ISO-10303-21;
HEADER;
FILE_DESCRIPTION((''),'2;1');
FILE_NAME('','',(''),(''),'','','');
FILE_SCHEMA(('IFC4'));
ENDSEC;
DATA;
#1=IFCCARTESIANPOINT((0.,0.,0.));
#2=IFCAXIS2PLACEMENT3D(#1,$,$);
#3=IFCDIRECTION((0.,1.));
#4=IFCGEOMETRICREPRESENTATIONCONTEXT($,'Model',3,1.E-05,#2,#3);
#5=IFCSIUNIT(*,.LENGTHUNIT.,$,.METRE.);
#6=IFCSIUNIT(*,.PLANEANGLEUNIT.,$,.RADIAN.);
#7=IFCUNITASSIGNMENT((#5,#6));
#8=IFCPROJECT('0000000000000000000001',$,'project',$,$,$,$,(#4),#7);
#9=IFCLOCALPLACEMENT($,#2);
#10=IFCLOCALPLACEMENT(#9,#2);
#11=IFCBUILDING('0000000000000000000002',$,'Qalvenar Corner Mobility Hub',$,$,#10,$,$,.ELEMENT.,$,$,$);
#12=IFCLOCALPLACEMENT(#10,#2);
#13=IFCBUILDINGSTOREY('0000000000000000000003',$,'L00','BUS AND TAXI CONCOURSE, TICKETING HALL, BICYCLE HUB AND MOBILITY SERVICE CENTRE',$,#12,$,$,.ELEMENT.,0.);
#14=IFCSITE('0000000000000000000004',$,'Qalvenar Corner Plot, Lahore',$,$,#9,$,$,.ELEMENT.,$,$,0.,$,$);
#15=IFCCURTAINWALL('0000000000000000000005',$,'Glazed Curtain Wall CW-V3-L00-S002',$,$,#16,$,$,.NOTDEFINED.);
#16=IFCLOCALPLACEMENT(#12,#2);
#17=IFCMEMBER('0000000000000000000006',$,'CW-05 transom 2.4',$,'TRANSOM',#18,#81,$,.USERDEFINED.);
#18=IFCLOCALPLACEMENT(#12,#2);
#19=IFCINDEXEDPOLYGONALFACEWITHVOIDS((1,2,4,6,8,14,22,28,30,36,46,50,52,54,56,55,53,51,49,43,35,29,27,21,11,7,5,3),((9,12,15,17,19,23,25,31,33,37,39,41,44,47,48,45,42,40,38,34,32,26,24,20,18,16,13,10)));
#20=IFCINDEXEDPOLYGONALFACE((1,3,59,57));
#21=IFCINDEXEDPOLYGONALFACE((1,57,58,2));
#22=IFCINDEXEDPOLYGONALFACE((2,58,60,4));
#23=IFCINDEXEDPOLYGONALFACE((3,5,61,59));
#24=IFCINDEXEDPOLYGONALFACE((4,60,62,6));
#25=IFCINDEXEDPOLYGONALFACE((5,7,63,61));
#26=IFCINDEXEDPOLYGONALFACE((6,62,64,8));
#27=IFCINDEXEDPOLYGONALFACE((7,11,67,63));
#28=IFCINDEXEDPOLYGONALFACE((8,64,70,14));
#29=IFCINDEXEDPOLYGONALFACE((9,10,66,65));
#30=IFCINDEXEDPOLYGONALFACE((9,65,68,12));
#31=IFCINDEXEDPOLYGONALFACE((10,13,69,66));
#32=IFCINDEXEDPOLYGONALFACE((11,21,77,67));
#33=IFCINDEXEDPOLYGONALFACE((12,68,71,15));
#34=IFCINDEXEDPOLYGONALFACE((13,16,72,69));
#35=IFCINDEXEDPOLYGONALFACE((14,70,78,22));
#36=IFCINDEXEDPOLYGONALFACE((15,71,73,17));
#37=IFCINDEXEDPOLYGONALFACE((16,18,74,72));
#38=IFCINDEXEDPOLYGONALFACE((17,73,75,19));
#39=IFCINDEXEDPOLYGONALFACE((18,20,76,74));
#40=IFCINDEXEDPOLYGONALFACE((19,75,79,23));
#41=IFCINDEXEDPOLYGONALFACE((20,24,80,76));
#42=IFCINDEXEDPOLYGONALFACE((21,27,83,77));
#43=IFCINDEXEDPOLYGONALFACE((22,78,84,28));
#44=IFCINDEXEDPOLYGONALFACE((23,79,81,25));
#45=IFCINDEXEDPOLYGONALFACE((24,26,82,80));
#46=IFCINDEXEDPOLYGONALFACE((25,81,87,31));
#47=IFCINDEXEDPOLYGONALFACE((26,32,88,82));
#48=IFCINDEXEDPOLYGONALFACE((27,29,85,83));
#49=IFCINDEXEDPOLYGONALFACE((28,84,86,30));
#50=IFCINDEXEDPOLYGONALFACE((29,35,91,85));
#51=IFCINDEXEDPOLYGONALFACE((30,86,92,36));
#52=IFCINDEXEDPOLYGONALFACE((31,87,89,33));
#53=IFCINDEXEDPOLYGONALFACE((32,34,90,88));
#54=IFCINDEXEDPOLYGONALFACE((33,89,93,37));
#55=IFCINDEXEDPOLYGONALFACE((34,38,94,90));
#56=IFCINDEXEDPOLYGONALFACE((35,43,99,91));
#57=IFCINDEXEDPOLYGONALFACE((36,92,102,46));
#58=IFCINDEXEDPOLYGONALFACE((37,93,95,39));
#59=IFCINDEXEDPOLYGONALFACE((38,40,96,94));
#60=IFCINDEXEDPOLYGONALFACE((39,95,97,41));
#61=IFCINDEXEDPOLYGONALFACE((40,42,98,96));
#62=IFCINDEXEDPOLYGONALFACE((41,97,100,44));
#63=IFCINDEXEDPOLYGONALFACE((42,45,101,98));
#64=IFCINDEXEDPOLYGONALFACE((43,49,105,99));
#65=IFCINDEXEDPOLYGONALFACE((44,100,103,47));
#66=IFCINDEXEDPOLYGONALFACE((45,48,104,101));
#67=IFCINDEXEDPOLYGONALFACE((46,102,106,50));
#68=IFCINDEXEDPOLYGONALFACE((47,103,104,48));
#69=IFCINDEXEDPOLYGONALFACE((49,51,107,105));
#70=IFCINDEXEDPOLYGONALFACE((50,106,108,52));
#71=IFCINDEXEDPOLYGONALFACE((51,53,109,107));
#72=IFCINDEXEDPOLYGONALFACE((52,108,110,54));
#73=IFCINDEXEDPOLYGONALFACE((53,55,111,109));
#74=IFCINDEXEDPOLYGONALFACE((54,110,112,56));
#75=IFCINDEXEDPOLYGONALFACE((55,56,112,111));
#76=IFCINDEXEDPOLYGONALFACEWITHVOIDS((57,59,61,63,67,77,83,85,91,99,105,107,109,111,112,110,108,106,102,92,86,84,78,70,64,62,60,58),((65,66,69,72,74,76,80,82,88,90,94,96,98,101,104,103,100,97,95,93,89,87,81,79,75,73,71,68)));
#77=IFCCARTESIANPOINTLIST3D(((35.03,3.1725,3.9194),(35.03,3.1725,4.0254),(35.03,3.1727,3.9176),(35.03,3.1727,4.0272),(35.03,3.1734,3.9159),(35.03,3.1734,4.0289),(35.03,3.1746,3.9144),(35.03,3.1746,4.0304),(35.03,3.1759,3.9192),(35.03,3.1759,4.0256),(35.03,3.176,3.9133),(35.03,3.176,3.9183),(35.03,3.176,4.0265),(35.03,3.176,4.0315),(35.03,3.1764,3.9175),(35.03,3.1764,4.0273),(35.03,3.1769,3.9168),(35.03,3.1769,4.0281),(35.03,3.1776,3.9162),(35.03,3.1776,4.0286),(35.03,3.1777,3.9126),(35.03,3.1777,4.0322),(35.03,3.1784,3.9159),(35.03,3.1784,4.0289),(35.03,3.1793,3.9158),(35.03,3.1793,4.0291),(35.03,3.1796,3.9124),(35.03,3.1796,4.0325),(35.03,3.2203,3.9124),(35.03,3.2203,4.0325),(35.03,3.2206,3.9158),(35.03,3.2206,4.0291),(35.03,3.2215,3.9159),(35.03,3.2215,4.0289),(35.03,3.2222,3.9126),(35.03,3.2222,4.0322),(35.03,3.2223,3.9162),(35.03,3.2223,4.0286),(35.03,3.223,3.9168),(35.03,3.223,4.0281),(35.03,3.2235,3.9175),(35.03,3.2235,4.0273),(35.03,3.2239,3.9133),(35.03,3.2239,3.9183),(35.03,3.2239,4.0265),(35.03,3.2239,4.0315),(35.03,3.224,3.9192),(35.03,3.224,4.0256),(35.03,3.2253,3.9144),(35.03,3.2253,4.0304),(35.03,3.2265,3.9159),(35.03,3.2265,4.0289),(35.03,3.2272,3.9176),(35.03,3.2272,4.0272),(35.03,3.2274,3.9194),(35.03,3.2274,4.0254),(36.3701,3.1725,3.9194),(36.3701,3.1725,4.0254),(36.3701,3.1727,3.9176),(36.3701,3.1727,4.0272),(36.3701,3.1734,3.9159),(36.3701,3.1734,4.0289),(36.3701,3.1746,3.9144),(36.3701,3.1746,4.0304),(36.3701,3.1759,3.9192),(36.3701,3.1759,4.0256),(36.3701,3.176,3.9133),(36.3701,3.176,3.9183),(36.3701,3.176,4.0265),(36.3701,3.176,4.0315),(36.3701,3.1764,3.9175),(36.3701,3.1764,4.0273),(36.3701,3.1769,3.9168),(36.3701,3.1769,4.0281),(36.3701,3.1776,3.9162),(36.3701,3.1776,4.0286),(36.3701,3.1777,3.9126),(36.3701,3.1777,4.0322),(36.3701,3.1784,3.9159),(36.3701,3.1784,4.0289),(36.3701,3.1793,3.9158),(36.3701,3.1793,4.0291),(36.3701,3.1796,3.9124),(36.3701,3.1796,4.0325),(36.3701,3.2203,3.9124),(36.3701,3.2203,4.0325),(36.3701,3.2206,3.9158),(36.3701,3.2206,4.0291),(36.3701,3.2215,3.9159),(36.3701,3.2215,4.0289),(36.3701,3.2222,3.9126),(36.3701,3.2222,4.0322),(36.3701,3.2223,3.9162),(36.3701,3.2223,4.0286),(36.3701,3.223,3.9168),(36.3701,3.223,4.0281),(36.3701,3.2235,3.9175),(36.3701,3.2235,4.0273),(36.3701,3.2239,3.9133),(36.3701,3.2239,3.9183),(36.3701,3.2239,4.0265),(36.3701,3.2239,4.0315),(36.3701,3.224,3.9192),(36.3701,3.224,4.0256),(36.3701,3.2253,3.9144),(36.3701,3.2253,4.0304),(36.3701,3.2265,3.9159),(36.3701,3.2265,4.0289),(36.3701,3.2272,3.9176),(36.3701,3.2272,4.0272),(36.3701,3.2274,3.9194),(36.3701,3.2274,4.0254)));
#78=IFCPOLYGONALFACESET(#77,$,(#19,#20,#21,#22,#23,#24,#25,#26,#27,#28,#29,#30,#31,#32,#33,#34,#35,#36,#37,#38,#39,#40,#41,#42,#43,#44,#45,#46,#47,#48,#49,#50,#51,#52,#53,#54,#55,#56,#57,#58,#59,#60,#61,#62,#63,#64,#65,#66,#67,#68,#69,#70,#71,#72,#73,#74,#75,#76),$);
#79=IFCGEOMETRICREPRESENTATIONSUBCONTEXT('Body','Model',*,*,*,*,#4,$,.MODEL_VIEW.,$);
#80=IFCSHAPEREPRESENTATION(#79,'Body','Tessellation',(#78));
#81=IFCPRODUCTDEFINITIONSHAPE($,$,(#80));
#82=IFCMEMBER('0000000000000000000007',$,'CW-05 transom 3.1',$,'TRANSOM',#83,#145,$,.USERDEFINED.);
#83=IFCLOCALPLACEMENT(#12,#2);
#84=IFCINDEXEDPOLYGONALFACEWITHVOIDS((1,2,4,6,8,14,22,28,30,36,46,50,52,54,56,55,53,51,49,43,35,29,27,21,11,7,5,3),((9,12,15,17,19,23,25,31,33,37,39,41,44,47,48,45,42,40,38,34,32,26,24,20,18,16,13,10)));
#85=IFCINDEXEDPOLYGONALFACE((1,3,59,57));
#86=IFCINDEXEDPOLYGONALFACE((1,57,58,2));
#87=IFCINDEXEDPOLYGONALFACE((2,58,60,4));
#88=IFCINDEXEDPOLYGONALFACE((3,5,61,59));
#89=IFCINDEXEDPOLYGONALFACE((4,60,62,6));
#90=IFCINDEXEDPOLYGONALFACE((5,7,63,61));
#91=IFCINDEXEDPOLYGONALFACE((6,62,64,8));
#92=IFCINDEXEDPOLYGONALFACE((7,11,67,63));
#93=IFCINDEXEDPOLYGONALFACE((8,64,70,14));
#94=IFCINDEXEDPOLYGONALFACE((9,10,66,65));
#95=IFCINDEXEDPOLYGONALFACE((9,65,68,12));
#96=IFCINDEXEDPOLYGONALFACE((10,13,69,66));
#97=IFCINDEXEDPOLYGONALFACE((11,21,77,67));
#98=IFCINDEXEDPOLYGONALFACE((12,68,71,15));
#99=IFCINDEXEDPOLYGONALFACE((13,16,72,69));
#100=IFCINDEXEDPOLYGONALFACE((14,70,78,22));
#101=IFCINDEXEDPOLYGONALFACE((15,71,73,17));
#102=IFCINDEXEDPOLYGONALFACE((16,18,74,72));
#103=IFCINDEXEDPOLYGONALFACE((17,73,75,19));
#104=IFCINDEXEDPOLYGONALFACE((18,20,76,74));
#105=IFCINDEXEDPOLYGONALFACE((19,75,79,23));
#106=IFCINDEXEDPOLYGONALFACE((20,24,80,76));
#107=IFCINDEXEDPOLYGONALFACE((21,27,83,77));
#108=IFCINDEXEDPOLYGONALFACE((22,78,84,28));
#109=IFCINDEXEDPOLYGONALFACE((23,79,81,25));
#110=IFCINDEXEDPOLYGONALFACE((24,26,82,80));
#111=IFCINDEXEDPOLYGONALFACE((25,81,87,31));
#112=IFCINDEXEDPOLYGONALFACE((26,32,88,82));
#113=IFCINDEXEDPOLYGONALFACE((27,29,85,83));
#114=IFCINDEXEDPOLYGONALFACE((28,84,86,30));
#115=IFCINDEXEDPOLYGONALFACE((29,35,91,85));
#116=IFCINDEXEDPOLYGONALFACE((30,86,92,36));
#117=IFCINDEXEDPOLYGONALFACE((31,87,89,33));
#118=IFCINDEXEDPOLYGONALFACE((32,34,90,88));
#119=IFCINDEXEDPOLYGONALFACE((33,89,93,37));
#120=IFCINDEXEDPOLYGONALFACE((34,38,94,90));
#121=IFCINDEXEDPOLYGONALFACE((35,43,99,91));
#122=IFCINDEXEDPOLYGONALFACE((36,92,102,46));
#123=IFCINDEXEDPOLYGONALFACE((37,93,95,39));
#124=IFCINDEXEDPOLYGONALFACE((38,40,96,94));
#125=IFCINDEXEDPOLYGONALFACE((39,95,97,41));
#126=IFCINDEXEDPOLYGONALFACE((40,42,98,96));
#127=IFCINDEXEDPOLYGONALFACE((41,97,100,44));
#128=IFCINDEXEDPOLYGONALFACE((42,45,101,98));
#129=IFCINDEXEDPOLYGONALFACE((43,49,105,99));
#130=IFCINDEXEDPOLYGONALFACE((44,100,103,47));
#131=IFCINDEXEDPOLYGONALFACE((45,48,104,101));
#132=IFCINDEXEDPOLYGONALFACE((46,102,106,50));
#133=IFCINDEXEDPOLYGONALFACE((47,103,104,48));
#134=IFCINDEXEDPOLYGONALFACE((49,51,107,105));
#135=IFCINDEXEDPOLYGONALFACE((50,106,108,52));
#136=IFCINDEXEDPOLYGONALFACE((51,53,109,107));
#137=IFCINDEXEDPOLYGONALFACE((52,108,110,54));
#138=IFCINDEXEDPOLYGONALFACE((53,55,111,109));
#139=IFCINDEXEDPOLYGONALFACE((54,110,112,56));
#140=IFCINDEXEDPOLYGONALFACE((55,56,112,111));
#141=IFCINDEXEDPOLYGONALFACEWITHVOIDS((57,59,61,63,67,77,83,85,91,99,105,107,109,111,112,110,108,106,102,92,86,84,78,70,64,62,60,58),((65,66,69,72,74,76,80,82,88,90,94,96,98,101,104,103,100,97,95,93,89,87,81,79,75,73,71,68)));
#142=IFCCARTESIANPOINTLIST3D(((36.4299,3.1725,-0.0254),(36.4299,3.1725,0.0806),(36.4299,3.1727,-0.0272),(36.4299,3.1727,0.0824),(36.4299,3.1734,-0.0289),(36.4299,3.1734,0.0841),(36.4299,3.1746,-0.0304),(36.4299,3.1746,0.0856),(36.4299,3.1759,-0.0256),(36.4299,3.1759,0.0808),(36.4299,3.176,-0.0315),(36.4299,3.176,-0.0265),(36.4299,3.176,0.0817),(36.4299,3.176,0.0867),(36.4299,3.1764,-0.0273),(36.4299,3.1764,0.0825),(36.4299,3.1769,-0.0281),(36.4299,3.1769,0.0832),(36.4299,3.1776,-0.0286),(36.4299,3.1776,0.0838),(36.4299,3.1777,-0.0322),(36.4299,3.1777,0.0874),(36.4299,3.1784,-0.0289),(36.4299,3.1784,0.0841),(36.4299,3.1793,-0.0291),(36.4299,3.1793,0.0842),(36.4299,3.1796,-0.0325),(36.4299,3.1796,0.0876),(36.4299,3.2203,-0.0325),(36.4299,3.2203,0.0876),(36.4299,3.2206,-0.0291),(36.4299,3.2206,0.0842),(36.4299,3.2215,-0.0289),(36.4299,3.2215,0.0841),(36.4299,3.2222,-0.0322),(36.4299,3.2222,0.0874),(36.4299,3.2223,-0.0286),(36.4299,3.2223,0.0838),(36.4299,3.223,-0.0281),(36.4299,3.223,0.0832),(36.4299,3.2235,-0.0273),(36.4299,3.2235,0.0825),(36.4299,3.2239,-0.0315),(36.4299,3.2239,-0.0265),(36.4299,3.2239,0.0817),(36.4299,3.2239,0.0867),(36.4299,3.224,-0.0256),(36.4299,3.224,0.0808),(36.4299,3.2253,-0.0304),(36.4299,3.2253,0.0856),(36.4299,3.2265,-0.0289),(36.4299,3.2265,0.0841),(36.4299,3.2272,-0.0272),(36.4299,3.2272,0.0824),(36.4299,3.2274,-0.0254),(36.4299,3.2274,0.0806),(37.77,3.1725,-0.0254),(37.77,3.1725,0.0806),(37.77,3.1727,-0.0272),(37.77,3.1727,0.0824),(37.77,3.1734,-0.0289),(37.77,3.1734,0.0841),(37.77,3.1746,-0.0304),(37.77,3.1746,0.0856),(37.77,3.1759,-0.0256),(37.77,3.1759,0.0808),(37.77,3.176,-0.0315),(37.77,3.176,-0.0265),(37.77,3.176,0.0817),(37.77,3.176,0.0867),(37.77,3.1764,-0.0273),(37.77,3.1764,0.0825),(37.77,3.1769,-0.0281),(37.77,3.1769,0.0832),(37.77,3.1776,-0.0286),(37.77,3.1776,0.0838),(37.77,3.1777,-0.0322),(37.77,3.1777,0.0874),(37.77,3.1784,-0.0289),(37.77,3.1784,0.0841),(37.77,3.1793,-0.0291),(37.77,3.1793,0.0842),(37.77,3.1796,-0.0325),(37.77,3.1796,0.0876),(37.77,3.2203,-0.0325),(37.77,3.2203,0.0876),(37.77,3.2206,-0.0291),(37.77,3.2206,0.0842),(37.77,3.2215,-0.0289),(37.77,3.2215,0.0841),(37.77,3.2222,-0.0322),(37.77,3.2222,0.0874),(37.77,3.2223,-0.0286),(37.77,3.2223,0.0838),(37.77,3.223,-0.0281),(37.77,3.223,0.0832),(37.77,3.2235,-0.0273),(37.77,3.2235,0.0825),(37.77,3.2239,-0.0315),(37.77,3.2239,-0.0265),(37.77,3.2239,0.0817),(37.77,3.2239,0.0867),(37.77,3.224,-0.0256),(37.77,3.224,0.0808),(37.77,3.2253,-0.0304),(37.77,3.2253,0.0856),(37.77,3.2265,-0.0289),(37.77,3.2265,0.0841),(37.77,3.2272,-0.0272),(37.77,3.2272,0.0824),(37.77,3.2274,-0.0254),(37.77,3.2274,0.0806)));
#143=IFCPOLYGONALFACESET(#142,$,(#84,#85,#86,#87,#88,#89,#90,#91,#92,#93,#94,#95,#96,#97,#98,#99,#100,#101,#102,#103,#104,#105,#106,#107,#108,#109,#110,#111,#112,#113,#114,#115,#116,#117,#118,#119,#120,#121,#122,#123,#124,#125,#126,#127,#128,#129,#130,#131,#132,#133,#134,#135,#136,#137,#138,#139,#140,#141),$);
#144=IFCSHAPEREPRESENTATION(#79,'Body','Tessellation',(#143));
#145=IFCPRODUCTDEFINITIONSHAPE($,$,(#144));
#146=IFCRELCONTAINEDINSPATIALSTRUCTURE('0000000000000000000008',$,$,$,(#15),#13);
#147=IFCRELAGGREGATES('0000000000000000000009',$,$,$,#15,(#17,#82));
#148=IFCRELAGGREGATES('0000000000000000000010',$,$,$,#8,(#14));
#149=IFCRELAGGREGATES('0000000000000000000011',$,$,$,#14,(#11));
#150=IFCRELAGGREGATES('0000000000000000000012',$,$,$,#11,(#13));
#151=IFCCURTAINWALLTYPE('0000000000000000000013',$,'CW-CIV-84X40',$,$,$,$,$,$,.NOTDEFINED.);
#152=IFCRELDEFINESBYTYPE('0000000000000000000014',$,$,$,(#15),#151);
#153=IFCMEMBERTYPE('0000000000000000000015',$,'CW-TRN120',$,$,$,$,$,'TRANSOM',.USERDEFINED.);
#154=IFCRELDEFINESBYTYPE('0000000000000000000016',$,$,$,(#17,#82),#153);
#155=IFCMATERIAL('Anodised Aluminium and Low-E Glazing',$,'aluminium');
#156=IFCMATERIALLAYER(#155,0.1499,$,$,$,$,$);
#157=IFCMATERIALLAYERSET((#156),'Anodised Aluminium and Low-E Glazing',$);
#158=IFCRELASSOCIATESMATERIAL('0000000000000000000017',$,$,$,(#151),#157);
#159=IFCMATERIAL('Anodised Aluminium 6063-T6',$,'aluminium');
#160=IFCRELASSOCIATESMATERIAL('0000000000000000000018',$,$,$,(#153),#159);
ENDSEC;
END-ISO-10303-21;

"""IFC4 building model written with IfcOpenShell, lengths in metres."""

from ifc_helpers import new_model, si_unit, direction, frame, origin, origin_2d, place, context, subcontext, project, spatial, hollow_rectangle, extrude, material, layer, layer_set, material_profile, profile_set, type_object, element, aggregate, save


model = new_model("IFC4")

# Units and contexts
model_context = context("Model", 3, precision=1e-05, world=origin(), true_north=direction((0.0, 1.0)))
body_context = subcontext(model_context, "Body", "Model", "MODEL_VIEW")
ifc_project = project(units=[si_unit("LENGTHUNIT", "METRE"), si_unit("PLANEANGLEUNIT", "RADIAN")], contexts=[model_context])

# Site, building, storey
site_placement = place(None, origin())
site = spatial("IfcSite", under=ifc_project, at=site_placement, Name="Qalvenar Corner Plot, Lahore", CompositionType="ELEMENT", RefElevation=0.0)
building_placement = place(site_placement, origin())
building = spatial("IfcBuilding", under=site, at=building_placement, Name="Qalvenar Corner Mobility Hub", CompositionType="ELEMENT")
storey_placement = place(building_placement, origin())
storey = spatial("IfcBuildingStorey", under=building, at=storey_placement, Name="L00", Description="BUS AND TAXI CONCOURSE, TICKETING HALL, BICYCLE HUB AND MOBILITY SERVICE CENTRE", CompositionType="ELEMENT", Elevation=0.0)

# Curtain wall, members
ifc_material_1 = material(Name="Anodised Aluminium and Low-E Glazing", Category="aluminium")
ifc_layer_1 = layer(ifc_material_1, 0.1499)
ifc_layer_set_1 = layer_set([ifc_layer_1], Name="Anodised Aluminium and Low-E Glazing")
curtain_wall_type = type_object("IfcCurtainWallType", Name="CW-CIV-84X40", PredefinedType="NOTDEFINED", material=ifc_layer_set_1)
curtain_wall_placement = place(storey_placement, origin())
curtain_wall = element("IfcCurtainWall", 1, at=curtain_wall_placement, inside=storey, type_object=curtain_wall_type, Name="Glazed Curtain Wall CW-V3-L00-S002", PredefinedType="NOTDEFINED")
ifc_material_2 = material(Name="Anodised Aluminium 6063-T6", Category="aluminium")
ifc_material_profile_1 = material_profile(ifc_material_2, hollow_rectangle(XDim=0.0549, YDim=0.1201, WallThickness=0.0034, InnerFilletRadius=0.0034, OuterFilletRadius=0.0071, at=origin_2d()), Name="RHS120x55x3.5")
ifc_profile_set_1 = profile_set([ifc_material_profile_1], Name="Anodised Aluminium 6063-T6")
member_type_1 = type_object("IfcMemberType", Name="CW-TRN120", ElementType="TRANSOM", PredefinedType="USERDEFINED", material=ifc_profile_set_1)
member_1_placement = place(storey_placement, frame((35.03, 3.2, 3.9724), z_axis=(1.0, 0.0, 0.0), x_axis=(0.0, 1.0, 0.0)))
member_1 = element("IfcMember", 2, at=member_1_placement, type_object=member_type_1, Name="CW-05 transom 2.4", ObjectType="TRANSOM", PredefinedType="USERDEFINED", context=body_context, shape_type="SweptSolid", body=[
    extrude(hollow_rectangle(XDim=0.0549, YDim=0.1201, WallThickness=0.0034, InnerFilletRadius=0.0034, OuterFilletRadius=0.0071, at=origin_2d()), origin(), (0.0, 0.0, 1.0), 1.3401),
])
member_2_placement = place(storey_placement, frame((36.4299, 3.2, 0.0276), z_axis=(1.0, 0.0, 0.0), x_axis=(0.0, 1.0, 0.0)))
member_2 = element("IfcMember", 3, at=member_2_placement, type_object=member_type_1, Name="CW-05 transom 3.1", ObjectType="TRANSOM", PredefinedType="USERDEFINED", context=body_context, shape_type="SweptSolid", body=[
    extrude(hollow_rectangle(XDim=0.0549, YDim=0.1201, WallThickness=0.0034, InnerFilletRadius=0.0034, OuterFilletRadius=0.0071, at=origin_2d()), origin(), (0.0, 0.0, 1.0), 1.3401),
])
aggregate(curtain_wall, [member_1, member_2])

save(model, "model.ifc")
